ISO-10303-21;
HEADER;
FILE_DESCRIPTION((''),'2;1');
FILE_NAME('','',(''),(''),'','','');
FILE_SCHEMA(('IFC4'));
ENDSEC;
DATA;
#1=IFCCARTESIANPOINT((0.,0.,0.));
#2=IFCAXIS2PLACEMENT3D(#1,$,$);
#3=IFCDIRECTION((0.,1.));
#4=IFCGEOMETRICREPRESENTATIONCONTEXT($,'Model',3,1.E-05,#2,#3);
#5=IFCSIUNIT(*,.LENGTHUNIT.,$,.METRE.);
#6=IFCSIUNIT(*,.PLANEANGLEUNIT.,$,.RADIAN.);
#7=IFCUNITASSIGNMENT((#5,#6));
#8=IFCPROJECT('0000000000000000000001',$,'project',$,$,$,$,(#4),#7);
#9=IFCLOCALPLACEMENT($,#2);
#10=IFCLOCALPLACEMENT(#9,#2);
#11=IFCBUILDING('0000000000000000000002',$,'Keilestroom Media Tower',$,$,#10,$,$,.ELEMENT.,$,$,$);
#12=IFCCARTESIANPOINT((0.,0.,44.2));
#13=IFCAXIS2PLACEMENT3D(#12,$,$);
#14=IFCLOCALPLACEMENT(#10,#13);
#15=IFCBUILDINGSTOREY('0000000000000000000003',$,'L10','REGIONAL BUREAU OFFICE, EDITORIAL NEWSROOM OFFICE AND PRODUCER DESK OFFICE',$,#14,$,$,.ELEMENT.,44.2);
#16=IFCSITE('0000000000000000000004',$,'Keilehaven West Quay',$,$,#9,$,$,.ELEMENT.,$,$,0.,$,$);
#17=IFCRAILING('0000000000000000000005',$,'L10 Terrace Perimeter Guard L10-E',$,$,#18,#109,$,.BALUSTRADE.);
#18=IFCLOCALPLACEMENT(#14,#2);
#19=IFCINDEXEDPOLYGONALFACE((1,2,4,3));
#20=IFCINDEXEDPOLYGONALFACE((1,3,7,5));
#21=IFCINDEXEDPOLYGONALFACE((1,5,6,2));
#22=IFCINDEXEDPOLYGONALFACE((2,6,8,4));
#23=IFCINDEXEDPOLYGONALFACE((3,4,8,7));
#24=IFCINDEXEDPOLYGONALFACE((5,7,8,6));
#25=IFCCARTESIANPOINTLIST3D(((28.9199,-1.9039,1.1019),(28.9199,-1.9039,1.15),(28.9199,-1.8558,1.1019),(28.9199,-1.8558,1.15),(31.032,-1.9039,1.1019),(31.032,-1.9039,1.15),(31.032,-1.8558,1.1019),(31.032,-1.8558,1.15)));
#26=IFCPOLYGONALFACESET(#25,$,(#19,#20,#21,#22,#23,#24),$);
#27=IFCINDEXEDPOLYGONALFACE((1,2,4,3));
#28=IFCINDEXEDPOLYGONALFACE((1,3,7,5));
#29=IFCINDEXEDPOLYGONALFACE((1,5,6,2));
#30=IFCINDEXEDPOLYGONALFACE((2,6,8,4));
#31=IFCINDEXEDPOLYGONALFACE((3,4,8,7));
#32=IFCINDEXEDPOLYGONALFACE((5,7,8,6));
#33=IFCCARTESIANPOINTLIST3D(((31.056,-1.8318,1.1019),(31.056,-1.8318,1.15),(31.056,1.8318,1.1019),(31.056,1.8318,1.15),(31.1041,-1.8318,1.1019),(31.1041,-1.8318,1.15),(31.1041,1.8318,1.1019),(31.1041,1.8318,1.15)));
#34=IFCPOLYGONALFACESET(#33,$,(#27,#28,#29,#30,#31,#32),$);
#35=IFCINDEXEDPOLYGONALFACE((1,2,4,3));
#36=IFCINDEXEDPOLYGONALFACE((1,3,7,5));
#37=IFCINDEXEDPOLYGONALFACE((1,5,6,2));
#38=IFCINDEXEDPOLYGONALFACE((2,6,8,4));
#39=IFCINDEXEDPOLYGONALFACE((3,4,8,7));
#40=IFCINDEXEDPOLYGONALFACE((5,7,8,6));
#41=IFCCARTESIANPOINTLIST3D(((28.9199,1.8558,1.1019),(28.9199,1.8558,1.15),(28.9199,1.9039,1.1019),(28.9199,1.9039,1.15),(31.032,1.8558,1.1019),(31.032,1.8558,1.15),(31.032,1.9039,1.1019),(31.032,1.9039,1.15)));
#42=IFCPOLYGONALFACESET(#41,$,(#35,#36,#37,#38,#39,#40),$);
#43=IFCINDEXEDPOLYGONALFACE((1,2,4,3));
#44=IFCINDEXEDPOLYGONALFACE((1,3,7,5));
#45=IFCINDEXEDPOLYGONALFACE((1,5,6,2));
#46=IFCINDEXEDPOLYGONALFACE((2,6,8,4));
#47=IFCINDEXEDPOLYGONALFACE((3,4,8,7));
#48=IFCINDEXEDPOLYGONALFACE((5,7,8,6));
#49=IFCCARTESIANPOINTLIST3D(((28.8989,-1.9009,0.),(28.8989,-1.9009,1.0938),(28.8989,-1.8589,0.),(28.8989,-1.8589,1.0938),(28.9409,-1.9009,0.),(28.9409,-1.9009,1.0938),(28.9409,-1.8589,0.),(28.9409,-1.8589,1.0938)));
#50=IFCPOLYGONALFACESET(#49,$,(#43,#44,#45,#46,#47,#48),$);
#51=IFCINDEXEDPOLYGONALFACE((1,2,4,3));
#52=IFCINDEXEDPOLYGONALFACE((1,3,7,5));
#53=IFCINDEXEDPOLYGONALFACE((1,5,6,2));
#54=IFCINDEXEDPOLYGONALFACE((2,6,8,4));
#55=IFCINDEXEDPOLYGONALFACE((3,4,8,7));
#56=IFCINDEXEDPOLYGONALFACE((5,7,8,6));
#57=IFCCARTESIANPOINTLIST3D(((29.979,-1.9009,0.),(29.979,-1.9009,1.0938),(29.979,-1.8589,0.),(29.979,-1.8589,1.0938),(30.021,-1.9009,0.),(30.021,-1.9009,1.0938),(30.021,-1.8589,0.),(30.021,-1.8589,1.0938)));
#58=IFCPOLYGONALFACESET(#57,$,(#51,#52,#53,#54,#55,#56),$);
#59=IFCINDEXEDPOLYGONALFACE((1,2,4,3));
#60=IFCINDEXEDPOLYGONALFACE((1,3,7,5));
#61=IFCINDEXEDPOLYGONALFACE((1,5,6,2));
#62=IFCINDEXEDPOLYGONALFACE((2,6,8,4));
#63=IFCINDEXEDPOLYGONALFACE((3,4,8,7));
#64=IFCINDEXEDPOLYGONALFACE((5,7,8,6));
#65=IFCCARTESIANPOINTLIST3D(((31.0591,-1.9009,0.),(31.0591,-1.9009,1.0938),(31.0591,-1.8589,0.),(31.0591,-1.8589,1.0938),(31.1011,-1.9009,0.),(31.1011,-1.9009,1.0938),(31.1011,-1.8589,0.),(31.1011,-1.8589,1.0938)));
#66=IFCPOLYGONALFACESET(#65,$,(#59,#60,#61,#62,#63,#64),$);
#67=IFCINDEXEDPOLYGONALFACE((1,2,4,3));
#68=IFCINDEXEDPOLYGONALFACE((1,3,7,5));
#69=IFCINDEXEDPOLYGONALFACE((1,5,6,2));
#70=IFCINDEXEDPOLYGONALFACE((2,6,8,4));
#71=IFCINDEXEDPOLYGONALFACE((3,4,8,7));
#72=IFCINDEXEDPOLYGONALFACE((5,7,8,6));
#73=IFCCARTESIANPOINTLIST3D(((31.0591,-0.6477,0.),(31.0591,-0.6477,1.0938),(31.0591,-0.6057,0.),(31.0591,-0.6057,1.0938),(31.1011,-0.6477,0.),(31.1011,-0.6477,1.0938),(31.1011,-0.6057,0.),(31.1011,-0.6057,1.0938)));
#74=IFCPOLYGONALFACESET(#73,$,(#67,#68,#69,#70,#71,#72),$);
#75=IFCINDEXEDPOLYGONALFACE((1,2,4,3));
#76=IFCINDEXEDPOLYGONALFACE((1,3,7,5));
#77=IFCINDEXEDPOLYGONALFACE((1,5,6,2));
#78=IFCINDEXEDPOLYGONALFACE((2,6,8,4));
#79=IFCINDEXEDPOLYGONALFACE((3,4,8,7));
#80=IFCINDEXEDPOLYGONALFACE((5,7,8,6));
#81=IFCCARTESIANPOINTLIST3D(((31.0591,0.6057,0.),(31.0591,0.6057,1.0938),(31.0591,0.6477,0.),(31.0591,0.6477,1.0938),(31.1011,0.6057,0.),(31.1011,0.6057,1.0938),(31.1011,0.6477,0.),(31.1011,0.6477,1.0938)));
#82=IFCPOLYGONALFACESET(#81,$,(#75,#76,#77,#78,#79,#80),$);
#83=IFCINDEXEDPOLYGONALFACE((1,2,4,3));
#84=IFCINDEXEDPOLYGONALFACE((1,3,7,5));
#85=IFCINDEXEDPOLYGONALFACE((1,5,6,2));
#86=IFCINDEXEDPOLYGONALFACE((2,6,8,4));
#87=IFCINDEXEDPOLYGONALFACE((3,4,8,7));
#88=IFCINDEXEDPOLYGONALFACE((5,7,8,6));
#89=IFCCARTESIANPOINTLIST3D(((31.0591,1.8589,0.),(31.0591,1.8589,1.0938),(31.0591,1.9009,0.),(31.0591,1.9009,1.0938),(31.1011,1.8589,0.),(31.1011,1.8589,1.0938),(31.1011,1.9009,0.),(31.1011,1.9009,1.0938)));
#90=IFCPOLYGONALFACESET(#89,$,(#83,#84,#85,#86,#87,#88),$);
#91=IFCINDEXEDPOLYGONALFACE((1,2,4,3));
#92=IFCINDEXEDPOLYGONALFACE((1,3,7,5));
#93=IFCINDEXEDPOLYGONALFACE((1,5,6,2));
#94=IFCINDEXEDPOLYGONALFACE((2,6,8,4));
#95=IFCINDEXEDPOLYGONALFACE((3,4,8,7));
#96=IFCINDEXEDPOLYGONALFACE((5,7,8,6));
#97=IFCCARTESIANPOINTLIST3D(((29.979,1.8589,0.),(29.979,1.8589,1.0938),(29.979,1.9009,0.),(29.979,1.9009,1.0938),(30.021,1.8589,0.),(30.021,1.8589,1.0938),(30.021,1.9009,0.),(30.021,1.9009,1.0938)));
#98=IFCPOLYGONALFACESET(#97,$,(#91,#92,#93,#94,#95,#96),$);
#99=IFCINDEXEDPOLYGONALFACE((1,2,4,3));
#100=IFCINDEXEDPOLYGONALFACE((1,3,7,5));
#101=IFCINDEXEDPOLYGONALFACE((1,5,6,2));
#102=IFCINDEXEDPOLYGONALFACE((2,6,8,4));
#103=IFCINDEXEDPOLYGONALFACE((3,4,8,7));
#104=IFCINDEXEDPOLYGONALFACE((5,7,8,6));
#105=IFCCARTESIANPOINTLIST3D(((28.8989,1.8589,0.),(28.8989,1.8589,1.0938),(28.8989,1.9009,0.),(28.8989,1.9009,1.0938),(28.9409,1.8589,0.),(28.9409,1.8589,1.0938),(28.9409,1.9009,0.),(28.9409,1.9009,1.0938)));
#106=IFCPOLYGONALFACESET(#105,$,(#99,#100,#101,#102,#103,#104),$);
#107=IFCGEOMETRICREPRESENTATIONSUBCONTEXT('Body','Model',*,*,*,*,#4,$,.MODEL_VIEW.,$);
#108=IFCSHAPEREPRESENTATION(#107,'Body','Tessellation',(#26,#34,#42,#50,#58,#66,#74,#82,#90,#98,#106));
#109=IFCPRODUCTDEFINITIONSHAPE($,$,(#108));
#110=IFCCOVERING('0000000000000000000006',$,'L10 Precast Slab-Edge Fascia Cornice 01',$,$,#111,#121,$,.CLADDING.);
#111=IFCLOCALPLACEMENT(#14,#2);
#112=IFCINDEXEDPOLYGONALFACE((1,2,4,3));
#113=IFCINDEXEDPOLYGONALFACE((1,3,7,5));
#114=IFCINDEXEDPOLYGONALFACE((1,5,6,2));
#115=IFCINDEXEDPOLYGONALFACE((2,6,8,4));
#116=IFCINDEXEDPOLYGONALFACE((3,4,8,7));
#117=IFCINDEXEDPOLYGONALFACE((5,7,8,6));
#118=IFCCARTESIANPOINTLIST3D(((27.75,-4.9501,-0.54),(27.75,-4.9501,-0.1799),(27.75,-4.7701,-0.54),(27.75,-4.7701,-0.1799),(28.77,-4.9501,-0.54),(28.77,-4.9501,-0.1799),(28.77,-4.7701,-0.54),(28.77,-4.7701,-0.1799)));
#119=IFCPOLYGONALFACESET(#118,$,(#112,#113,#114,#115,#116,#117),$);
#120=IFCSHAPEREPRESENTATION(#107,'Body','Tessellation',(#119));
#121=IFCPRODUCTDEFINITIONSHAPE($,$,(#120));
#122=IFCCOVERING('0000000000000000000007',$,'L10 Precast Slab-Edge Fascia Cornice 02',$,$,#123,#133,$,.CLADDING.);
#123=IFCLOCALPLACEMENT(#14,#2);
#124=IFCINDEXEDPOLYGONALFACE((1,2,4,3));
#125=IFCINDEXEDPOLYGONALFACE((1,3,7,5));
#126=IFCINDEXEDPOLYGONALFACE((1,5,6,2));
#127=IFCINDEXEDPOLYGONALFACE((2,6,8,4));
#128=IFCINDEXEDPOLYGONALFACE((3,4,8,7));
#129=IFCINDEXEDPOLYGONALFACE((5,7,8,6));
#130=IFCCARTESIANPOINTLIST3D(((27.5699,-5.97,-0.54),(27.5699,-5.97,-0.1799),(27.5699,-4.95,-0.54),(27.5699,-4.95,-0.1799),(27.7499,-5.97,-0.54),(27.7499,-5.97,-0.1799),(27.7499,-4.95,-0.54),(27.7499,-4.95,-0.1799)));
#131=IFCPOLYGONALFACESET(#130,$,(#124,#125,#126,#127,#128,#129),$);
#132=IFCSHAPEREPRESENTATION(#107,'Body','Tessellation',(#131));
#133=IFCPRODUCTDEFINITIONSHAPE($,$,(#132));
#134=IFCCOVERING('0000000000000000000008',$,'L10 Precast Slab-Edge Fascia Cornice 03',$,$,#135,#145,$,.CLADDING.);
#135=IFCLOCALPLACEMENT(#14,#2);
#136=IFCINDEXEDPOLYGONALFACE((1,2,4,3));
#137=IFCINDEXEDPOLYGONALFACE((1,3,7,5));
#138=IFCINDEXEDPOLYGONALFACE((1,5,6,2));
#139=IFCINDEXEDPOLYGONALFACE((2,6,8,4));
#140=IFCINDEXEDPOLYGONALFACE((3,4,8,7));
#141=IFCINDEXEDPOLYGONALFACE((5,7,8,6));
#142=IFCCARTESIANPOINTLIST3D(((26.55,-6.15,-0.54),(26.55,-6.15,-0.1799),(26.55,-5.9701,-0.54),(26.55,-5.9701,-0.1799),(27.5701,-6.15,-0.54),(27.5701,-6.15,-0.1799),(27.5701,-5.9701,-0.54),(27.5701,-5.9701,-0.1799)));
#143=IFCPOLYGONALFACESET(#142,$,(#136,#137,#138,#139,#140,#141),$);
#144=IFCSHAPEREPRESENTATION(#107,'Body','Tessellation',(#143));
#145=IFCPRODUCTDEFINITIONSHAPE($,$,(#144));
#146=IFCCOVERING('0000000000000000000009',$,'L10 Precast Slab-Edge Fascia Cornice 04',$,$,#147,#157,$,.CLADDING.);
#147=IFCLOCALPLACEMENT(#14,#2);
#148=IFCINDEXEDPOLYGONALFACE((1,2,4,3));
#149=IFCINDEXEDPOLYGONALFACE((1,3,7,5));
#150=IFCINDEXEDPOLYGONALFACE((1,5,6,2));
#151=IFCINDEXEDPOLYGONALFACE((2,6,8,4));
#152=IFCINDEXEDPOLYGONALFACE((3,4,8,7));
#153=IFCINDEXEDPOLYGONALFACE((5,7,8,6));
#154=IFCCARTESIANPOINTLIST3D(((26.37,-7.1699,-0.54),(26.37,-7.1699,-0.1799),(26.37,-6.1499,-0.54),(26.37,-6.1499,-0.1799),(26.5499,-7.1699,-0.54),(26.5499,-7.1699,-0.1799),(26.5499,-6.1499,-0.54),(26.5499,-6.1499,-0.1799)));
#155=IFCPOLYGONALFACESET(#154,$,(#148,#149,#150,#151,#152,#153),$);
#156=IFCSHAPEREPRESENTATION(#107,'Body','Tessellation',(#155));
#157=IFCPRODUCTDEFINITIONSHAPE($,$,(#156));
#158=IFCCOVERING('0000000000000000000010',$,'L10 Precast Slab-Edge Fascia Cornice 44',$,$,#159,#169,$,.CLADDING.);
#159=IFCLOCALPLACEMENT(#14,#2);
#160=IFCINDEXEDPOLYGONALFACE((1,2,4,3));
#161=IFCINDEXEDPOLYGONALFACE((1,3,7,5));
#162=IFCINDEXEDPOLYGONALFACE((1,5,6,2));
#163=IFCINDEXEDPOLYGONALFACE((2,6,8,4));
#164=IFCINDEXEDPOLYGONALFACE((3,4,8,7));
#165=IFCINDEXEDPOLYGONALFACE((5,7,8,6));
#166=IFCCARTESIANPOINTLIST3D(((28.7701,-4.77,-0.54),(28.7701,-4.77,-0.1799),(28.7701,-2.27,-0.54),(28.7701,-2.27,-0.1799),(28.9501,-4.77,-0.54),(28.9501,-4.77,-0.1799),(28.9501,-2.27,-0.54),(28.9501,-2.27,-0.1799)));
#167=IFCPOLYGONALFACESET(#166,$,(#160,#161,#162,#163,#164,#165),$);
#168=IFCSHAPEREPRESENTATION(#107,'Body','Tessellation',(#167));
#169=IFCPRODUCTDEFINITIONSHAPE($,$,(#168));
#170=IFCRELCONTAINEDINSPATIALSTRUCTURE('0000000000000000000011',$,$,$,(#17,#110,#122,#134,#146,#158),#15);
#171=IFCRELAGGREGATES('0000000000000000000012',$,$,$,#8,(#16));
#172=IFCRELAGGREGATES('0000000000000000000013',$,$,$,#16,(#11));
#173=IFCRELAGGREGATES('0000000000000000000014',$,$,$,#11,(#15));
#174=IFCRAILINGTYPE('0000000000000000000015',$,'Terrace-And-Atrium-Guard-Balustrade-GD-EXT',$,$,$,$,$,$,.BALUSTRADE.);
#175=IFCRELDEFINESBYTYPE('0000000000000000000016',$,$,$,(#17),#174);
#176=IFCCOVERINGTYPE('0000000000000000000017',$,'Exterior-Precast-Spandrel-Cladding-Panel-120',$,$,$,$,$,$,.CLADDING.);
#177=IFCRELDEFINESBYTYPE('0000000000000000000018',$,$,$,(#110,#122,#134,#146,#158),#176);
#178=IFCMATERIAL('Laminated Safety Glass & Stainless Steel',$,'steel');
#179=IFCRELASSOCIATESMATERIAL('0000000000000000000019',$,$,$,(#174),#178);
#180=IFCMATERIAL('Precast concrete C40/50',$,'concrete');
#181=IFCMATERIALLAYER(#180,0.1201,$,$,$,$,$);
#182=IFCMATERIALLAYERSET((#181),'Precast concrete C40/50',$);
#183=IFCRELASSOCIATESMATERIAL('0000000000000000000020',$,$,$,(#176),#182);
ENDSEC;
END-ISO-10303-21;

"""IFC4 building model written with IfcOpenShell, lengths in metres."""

from ifc_helpers import new_model, si_unit, direction, frame, origin, origin_2d, place, context, subcontext, project, spatial, rectangle, extrude, source, transform, mapped, material, layer, layer_set, type_object, element, save


model = new_model("IFC4")

# Units and contexts
model_context = context("Model", 3, precision=1e-05, world=origin(), true_north=direction((0.0, 1.0)))
body_context = subcontext(model_context, "Body", "Model", "MODEL_VIEW")
ifc_project = project(units=[si_unit("LENGTHUNIT", "METRE"), si_unit("PLANEANGLEUNIT", "RADIAN")], contexts=[model_context])

# Site, building, storey
site_placement = place(None, origin())
site = spatial("IfcSite", under=ifc_project, at=site_placement, Name="Keilehaven West Quay", CompositionType="ELEMENT", RefElevation=0.0)
building_placement = place(site_placement, origin())
building = spatial("IfcBuilding", under=site, at=building_placement, Name="Keilestroom Media Tower", CompositionType="ELEMENT")
storey_placement = place(building_placement, frame((0.0, 0.0, 44.2)))
storey = spatial("IfcBuildingStorey", under=building, at=storey_placement, Name="L10", Description="REGIONAL BUREAU OFFICE, EDITORIAL NEWSROOM OFFICE AND PRODUCER DESK OFFICE", CompositionType="ELEMENT", Elevation=44.2)

# Shared definitions
ifc_material_1 = material(Name="Precast concrete C40/50", Category="concrete")

# Railing
ifc_material_2 = material(Name="Laminated Safety Glass & Stainless Steel", Category="steel")
railing_type = type_object("IfcRailingType", Name="Terrace-And-Atrium-Guard-Balustrade-GD-EXT", PredefinedType="BALUSTRADE", material=ifc_material_2)
railing_placement = place(storey_placement, frame((28.9199, -1.8799, 0.0)))
element("IfcRailing", 1, at=railing_placement, inside=storey, type_object=railing_type, Name="L10 Terrace Perimeter Guard L10-E", PredefinedType="BALUSTRADE", context=body_context, shape_type="SweptSolid", body=[
    extrude(rectangle(XDim=0.0481, YDim=0.0481, at=origin_2d()), frame((0.0, 0.0, 1.126), z_axis=(1.0, 0.0, 0.0), x_axis=(0.0, 1.0, 0.0)), (0.0, 0.0, 1.0), 2.1121),
    extrude(rectangle(XDim=0.0481, YDim=0.0481, at=origin_2d()), frame((2.1602, 0.0481, 1.126), z_axis=(0.0, 1.0, 0.0), x_axis=(-1.0, 0.0, 0.0)), (0.0, 0.0, 1.0), 3.6636),
    extrude(rectangle(XDim=0.0481, YDim=0.0481, at=origin_2d()), frame((2.1121, 3.7598, 1.126), z_axis=(-1.0, 0.0, 0.0), x_axis=(0.0, -1.0, 0.0)), (0.0, 0.0, 1.0), 2.1121),
    extrude(rectangle(XDim=0.042, YDim=0.042, at=origin_2d()), origin(), (0.0, 0.0, 1.0), 1.0938),
    extrude(rectangle(XDim=0.042, YDim=0.042, at=origin_2d()), frame((1.0801, 0.0, 0.0)), (0.0, 0.0, 1.0), 1.0938),
    extrude(rectangle(XDim=0.042, YDim=0.042, at=origin_2d()), frame((2.1602, 0.0, 0.0)), (0.0, 0.0, 1.0), 1.0938),
    extrude(rectangle(XDim=0.042, YDim=0.042, at=origin_2d()), frame((2.1602, 1.2532, 0.0)), (0.0, 0.0, 1.0), 1.0938),
    extrude(rectangle(XDim=0.042, YDim=0.042, at=origin_2d()), frame((2.1602, 2.5066, 0.0)), (0.0, 0.0, 1.0), 1.0938),
    extrude(rectangle(XDim=0.042, YDim=0.042, at=origin_2d()), frame((2.1602, 3.7598, 0.0)), (0.0, 0.0, 1.0), 1.0938),
    extrude(rectangle(XDim=0.042, YDim=0.042, at=origin_2d()), frame((1.0801, 3.7598, 0.0)), (0.0, 0.0, 1.0), 1.0938),
    extrude(rectangle(XDim=0.042, YDim=0.042, at=origin_2d()), frame((0.0, 3.7598, 0.0)), (0.0, 0.0, 1.0), 1.0938),
])

# Coverings
ifc_layer_1 = layer(ifc_material_1, 0.1201)
ifc_layer_set_1 = layer_set([ifc_layer_1], Name="Precast concrete C40/50")
covering_type = type_object("IfcCoveringType", Name="Exterior-Precast-Spandrel-Cladding-Panel-120", PredefinedType="CLADDING", material=ifc_layer_set_1)
shared_shape_1 = source(origin(), body_context, "Body", "SweptSolid", [
    extrude(rectangle(XDim=1.02, YDim=0.1799, at=origin_2d()), origin(), (0.0, 0.0, 1.0), 0.3601),
])
for number, where, z_axis, x_axis, name in (
    (2, (28.26, -4.8601, -0.54), (0.0, 0.0, 1.0), (-1.0, 0.0, 0.0), "L10 Precast Slab-Edge Fascia Cornice 01"),
    (3, (27.6599, -5.46, -0.54), (0.0, 0.0, 1.0), (0.0, -1.0, 0.0), "L10 Precast Slab-Edge Fascia Cornice 02"),
    (4, (27.0601, -6.0601, -0.54), (0.0, 0.0, 1.0), (-1.0, 0.0, 0.0), "L10 Precast Slab-Edge Fascia Cornice 03"),
    (5, (26.46, -6.6599, -0.54), (0.0, 0.0, 1.0), (0.0, -1.0, 0.0), "L10 Precast Slab-Edge Fascia Cornice 04"),
):
    element("IfcCovering", number, at=place(storey_placement, frame(where, z_axis=z_axis, x_axis=x_axis)), inside=storey, type_object=covering_type, Name=name, PredefinedType="CLADDING", context=body_context, shape_type="MappedRepresentation", body=[
        mapped(shared_shape_1, transform((0.0, 0.0, 0.0), x_axis=(1.0, 0.0, 0.0), y_axis=(0.0, 1.0, 0.0), z_axis=(0.0, 0.0, 1.0), scale=1.0)),
    ])
shared_shape_2 = source(origin(), body_context, "Body", "SweptSolid", [
    extrude(rectangle(XDim=2.5, YDim=0.1799, at=origin_2d()), origin(), (0.0, 0.0, 1.0), 0.3601),
])
covering_placement = place(storey_placement, frame((28.8601, -3.52, -0.54), z_axis=(0.0, 0.0, 1.0), x_axis=(0.0, -1.0, 0.0)))
element("IfcCovering", 6, at=covering_placement, inside=storey, type_object=covering_type, Name="L10 Precast Slab-Edge Fascia Cornice 44", PredefinedType="CLADDING", context=body_context, shape_type="MappedRepresentation", body=[
    mapped(shared_shape_2, transform((0.0, 0.0, 0.0), x_axis=(1.0, 0.0, 0.0), y_axis=(0.0, 1.0, 0.0), z_axis=(0.0, 0.0, 1.0), scale=1.0)),
])

save(model, "model.ifc")
